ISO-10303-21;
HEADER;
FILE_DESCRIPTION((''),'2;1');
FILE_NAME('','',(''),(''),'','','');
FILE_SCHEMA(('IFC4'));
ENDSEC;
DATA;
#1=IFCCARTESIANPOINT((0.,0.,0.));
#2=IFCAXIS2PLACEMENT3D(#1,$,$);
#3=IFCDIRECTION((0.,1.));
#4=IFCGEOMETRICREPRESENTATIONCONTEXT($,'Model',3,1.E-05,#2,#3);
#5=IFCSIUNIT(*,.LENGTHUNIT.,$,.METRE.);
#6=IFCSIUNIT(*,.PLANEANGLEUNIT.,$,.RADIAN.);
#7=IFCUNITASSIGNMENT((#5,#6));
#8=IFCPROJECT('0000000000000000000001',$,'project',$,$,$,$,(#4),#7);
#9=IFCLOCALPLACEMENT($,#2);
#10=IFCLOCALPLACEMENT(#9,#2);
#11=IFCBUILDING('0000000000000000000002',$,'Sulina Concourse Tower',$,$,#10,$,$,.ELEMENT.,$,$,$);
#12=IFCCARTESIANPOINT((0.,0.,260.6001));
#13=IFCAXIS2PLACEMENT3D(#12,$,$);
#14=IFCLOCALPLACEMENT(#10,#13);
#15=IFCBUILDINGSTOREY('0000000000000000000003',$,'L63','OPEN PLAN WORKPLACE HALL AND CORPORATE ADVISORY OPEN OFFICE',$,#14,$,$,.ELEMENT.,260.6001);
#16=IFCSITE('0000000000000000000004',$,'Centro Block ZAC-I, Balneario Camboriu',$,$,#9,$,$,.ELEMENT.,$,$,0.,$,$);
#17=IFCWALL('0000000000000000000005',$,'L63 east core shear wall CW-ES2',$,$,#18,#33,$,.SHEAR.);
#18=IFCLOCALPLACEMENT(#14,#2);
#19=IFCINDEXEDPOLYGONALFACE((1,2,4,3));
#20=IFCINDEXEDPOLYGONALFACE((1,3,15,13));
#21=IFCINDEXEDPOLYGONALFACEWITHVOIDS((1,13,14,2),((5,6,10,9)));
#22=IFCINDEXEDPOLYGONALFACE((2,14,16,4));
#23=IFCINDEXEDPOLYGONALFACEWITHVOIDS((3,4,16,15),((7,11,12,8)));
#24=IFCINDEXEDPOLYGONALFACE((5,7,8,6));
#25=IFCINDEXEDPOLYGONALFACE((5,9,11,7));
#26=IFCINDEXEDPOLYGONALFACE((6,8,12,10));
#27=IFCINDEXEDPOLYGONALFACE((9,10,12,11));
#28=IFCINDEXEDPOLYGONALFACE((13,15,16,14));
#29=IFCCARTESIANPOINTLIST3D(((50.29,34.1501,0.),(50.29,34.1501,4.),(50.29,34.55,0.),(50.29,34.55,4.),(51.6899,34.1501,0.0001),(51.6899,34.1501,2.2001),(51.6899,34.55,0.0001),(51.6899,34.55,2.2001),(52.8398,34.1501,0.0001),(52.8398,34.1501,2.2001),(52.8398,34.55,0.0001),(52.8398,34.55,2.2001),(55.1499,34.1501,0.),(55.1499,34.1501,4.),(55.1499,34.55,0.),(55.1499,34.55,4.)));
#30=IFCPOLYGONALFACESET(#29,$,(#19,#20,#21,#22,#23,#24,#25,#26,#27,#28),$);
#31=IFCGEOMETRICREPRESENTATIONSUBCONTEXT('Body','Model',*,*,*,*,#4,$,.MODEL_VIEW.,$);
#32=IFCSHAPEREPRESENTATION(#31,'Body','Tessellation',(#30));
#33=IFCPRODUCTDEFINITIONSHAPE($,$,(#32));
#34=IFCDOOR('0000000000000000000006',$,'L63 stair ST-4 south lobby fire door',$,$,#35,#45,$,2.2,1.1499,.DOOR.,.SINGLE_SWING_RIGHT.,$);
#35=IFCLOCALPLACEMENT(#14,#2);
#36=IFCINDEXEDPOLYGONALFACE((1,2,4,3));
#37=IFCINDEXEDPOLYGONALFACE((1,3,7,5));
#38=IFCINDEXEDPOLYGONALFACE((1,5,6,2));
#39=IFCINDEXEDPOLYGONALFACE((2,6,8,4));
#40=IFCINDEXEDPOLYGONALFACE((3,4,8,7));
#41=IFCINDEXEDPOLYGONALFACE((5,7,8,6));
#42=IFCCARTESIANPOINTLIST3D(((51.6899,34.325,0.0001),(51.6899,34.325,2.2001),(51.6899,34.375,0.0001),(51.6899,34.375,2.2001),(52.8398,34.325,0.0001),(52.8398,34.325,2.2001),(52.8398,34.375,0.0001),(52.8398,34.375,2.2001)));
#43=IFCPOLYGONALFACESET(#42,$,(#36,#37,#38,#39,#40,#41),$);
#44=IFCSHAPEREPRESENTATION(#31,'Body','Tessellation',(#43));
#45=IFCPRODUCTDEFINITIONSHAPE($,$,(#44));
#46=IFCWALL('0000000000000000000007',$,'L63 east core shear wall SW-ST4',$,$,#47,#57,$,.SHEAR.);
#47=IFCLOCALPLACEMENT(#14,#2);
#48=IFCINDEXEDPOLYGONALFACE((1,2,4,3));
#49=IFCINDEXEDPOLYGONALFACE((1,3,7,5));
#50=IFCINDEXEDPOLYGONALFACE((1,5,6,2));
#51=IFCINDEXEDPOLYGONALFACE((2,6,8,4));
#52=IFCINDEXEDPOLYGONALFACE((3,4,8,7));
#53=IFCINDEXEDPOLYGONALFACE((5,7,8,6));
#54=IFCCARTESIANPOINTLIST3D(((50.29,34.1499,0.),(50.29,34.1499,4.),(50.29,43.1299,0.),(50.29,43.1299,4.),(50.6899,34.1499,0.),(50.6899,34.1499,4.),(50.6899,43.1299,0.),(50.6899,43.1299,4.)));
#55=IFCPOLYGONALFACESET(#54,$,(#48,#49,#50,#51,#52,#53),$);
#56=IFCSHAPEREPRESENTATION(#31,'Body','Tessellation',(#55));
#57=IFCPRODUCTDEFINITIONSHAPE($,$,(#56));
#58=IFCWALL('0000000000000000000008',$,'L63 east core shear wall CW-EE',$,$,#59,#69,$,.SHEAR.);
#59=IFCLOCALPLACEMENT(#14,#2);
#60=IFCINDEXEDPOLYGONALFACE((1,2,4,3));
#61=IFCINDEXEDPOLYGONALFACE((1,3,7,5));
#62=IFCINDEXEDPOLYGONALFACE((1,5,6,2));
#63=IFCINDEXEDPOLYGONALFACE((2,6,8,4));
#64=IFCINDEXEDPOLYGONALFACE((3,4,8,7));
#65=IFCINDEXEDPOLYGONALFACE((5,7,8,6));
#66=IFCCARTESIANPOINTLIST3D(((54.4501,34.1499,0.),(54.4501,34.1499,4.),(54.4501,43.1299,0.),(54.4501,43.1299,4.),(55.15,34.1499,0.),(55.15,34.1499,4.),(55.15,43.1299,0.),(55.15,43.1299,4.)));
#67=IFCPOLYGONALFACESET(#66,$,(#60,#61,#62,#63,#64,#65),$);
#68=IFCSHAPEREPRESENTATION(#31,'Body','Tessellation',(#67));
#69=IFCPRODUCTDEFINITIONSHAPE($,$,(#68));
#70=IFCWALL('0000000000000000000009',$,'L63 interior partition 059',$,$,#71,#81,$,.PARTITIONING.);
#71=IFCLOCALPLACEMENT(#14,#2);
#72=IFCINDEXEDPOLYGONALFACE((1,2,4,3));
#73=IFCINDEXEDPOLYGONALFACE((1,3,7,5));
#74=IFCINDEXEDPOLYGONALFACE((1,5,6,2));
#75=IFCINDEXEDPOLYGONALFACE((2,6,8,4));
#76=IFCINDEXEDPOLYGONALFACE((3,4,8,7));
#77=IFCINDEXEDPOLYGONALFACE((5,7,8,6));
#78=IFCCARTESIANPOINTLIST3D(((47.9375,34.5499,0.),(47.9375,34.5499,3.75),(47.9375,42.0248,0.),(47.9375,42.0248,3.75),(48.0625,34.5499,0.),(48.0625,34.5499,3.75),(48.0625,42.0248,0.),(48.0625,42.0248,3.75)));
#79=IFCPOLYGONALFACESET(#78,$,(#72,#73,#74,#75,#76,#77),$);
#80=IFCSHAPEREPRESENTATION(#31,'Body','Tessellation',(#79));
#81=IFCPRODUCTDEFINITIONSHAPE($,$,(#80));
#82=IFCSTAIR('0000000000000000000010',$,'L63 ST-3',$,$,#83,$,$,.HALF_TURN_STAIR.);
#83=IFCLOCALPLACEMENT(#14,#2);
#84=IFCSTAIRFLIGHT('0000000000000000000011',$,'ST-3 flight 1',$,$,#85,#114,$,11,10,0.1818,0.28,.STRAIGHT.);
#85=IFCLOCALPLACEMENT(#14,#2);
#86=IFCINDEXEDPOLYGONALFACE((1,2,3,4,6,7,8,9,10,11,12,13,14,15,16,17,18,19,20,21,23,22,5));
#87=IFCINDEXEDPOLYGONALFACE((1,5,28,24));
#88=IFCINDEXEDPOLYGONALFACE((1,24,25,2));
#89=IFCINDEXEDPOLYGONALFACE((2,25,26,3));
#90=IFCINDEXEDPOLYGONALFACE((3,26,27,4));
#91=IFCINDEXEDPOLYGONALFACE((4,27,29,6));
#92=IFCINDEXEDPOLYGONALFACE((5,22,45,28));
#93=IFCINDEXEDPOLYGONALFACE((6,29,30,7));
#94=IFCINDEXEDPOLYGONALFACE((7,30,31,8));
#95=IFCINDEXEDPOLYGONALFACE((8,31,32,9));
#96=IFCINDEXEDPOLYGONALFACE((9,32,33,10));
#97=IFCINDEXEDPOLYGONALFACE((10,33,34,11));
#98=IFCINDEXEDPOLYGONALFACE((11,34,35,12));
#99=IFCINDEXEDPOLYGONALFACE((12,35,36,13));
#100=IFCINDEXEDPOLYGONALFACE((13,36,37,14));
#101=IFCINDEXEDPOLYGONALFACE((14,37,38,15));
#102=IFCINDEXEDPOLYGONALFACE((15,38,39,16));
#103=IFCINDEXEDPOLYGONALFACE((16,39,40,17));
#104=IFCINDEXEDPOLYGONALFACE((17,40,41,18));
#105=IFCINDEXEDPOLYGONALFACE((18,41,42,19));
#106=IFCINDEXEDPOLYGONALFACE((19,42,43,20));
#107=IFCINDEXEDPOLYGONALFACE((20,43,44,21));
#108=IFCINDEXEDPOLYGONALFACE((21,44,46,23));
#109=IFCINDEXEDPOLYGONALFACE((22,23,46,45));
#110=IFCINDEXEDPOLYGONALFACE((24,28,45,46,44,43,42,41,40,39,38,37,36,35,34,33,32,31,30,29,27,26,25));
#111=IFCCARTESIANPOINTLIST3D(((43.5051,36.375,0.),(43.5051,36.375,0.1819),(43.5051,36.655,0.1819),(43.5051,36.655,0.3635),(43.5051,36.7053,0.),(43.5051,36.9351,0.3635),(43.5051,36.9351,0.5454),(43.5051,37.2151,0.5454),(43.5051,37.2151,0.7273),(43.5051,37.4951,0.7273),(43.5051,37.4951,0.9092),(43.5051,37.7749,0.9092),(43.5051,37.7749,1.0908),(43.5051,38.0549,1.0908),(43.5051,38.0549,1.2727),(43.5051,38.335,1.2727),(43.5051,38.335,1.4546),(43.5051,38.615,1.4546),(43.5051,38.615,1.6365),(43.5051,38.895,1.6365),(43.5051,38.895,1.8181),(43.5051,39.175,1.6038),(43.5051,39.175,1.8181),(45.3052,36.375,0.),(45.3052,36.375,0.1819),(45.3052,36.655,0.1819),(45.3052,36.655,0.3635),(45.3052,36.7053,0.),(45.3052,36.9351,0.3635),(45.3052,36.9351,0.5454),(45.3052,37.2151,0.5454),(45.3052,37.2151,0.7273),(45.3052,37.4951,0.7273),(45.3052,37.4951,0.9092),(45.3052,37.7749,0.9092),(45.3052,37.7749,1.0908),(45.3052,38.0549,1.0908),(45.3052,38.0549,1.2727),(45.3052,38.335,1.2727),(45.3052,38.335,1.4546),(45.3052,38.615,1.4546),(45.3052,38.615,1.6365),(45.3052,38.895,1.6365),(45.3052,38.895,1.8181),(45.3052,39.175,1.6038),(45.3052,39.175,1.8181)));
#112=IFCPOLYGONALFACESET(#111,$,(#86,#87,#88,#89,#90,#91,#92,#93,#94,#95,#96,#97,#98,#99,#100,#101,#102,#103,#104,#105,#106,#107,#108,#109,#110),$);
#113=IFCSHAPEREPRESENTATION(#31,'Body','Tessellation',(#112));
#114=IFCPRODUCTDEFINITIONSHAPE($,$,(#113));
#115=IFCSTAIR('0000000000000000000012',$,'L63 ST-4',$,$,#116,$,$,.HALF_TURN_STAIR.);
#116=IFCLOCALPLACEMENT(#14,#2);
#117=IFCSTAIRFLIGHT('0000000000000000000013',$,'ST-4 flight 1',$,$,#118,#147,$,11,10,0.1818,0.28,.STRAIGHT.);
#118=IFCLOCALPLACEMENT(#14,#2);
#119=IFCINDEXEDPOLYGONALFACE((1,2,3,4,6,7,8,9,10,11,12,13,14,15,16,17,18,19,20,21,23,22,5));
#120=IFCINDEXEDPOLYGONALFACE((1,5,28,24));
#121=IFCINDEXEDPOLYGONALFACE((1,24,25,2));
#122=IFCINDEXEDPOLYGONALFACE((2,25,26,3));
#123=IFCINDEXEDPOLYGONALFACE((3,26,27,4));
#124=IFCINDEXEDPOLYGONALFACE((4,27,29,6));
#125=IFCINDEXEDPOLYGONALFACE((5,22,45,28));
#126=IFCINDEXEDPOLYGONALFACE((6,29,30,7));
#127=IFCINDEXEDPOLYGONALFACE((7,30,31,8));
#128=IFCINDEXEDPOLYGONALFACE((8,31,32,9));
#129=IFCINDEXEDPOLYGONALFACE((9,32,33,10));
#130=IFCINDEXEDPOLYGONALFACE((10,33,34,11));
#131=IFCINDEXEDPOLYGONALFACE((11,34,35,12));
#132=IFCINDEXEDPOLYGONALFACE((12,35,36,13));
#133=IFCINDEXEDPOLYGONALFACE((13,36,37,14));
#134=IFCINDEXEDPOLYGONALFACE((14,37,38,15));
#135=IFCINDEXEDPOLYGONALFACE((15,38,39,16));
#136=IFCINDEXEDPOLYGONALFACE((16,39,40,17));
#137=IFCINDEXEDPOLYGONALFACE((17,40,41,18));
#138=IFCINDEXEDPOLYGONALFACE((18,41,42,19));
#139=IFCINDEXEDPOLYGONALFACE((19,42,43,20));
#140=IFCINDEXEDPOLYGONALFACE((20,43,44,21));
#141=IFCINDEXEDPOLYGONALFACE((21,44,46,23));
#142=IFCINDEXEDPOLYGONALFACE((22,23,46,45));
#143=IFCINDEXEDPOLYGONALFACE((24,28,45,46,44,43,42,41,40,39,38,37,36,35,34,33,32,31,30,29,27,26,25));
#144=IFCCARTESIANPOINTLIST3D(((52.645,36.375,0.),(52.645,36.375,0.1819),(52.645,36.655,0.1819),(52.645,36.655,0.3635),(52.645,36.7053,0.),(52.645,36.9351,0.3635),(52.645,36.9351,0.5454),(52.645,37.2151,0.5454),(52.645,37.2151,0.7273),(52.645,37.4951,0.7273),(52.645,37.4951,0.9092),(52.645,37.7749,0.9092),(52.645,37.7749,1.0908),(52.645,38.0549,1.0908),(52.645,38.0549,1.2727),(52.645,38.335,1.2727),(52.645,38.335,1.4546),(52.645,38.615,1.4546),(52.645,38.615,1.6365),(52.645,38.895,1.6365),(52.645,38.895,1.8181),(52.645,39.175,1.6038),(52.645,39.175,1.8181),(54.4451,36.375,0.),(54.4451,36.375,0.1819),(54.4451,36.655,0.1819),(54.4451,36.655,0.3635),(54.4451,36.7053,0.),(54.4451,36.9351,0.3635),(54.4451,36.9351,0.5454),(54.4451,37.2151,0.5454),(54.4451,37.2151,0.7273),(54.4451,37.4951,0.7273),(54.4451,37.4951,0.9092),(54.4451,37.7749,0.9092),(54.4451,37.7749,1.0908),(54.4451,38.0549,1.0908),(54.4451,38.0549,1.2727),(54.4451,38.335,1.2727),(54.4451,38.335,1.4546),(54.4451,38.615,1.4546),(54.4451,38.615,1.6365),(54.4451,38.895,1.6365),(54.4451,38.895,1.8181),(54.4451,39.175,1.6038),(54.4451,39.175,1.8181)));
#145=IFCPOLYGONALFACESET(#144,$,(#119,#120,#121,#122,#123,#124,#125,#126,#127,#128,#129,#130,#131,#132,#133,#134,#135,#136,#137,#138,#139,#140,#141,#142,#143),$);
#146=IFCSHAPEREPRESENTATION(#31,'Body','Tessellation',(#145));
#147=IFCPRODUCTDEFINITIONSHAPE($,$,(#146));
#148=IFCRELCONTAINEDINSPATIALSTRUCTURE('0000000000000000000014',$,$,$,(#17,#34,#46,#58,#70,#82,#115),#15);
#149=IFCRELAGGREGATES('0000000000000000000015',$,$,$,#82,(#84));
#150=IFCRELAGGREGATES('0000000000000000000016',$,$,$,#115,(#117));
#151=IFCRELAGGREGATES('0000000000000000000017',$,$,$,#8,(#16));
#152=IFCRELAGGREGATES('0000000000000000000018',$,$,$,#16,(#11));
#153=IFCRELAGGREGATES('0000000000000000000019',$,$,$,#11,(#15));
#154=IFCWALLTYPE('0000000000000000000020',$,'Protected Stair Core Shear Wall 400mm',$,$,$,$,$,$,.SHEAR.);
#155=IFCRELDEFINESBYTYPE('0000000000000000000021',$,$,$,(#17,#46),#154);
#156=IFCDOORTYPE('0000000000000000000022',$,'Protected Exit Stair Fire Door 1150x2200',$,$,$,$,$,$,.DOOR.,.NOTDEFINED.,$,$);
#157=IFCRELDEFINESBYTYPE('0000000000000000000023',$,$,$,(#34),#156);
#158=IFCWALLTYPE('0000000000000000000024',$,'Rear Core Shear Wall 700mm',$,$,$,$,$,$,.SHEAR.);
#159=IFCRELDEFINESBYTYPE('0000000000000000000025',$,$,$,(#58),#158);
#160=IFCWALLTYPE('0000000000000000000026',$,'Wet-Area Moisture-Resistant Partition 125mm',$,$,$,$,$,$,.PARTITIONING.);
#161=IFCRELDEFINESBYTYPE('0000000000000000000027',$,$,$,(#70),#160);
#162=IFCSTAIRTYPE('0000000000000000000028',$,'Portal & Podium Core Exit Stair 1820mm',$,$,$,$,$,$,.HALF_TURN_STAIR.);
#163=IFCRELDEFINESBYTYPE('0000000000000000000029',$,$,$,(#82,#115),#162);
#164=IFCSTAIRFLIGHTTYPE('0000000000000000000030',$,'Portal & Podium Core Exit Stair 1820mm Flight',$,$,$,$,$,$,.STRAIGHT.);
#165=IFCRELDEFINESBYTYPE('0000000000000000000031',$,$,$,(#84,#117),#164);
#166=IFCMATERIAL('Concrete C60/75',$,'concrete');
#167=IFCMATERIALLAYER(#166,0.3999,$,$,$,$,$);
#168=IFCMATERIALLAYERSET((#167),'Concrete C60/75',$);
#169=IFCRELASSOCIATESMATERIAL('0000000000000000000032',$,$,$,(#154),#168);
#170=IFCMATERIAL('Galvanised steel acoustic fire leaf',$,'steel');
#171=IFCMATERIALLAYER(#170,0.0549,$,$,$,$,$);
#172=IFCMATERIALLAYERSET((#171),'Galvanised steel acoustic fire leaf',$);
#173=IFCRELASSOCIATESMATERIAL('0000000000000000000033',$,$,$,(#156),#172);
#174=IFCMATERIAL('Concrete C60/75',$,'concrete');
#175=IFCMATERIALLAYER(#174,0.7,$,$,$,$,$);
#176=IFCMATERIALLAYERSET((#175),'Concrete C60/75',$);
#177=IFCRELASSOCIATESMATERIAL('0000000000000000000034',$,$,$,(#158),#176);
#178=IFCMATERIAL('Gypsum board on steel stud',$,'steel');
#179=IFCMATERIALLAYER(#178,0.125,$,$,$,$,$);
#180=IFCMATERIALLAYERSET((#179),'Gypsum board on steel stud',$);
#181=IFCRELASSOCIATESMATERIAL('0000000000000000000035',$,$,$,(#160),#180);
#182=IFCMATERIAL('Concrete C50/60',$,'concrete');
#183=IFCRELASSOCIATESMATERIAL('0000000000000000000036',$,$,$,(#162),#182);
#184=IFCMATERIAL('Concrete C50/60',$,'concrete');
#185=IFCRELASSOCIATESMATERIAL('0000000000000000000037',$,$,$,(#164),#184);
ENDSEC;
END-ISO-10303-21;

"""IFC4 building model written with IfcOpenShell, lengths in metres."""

from ifc_helpers import new_model, si_unit, direction, frame, frame_2d, origin, place, context, subcontext, project, spatial, polyline, rectangle, outline, extrude, material, layer, layer_set, type_object, element, fill, aggregate, save


model = new_model("IFC4")

# Units and contexts
model_context = context("Model", 3, precision=1e-05, world=origin(), true_north=direction((0.0, 1.0)))
body_context = subcontext(model_context, "Body", "Model", "MODEL_VIEW")
ifc_project = project(units=[si_unit("LENGTHUNIT", "METRE"), si_unit("PLANEANGLEUNIT", "RADIAN")], contexts=[model_context])

# Site, building, storey
site_placement = place(None, origin())
site = spatial("IfcSite", under=ifc_project, at=site_placement, Name="Centro Block ZAC-I, Balneario Camboriu", CompositionType="ELEMENT", RefElevation=0.0)
building_placement = place(site_placement, origin())
building = spatial("IfcBuilding", under=site, at=building_placement, Name="Sulina Concourse Tower", CompositionType="ELEMENT")
storey_placement = place(building_placement, frame((0.0, 0.0, 260.6001)))
storey = spatial("IfcBuildingStorey", under=building, at=storey_placement, Name="L63", Description="OPEN PLAN WORKPLACE HALL AND CORPORATE ADVISORY OPEN OFFICE", CompositionType="ELEMENT", Elevation=260.6001)

# Shared definitions
ifc_material_1 = material(Name="Concrete C60/75", Category="concrete")
ifc_layer_1 = layer(ifc_material_1, 0.3999)
ifc_layer_set_1 = layer_set([ifc_layer_1], Name="Concrete C60/75")
wall_type_1 = type_object("IfcWallType", Name="Protected Stair Core Shear Wall 400mm", PredefinedType="SHEAR", material=ifc_layer_set_1)

# Wall, opening, door
wall_1_placement = place(storey_placement, frame((50.29, 34.3501, 0.0), z_axis=(0.0, 0.0, 1.0), x_axis=(1.0, 0.0, 0.0)))
wall_1 = element("IfcWall", 1, at=wall_1_placement, inside=storey, type_object=wall_type_1, Name="L63 east core shear wall CW-ES2", PredefinedType="SHEAR", context=body_context, shape_type="SweptSolid", body=[
    extrude(rectangle(XDim=4.8599, YDim=0.3999, at=frame_2d((2.4299, 0.0))), origin(), (0.0, 0.0, 1.0), 4.0),
])
opening_1_placement = place(wall_1_placement, frame((1.3999, 0.0, 0.0)))
opening_1 = element("IfcOpeningElement", 2, at=opening_1_placement, cuts=wall_1, PredefinedType="OPENING", context=body_context, shape_type="SweptSolid", body=[
    extrude(rectangle(XDim=1.1499, YDim=2.2, at=frame_2d((0.575, 1.1001))), frame((0.0, 0.21, 0.0), z_axis=(0.0, -1.0, 0.0), x_axis=(1.0, 0.0, 0.0)), (0.0, 0.0, 1.0), 0.4199),
])
ifc_material_2 = material(Name="Galvanised steel acoustic fire leaf", Category="steel")
ifc_layer_2 = layer(ifc_material_2, 0.0549)
ifc_layer_set_2 = layer_set([ifc_layer_2], Name="Galvanised steel acoustic fire leaf")
door_type_1 = type_object("IfcDoorType", Name="Protected Exit Stair Fire Door 1150x2200", OperationType="NOTDEFINED", PredefinedType="DOOR", material=ifc_layer_set_2)
door_1_placement = place(opening_1_placement, origin())
door_1 = element("IfcDoor", 3, at=door_1_placement, inside=storey, type_object=door_type_1, Name="L63 stair ST-4 south lobby fire door", OperationType="SINGLE_SWING_RIGHT", OverallHeight=2.2, OverallWidth=1.1499, PredefinedType="DOOR", context=body_context, shape_type="SweptSolid", body=[
    extrude(rectangle(XDim=1.1499, YDim=2.2, at=frame_2d((0.575, 1.1001))), frame((0.0, 0.0249, 0.0), z_axis=(0.0, -1.0, 0.0), x_axis=(1.0, 0.0, 0.0)), (0.0, 0.0, 1.0), 0.05),
])
fill(opening_1, door_1)

# Walls
wall_2_placement = place(storey_placement, frame((50.49, 34.1499, 0.0), z_axis=(0.0, 0.0, 1.0), x_axis=(0.0, 1.0, 0.0)))
element("IfcWall", 4, at=wall_2_placement, inside=storey, type_object=wall_type_1, Name="L63 east core shear wall SW-ST4", PredefinedType="SHEAR", context=body_context, shape_type="SweptSolid", body=[
    extrude(rectangle(XDim=8.98, YDim=0.3999, at=frame_2d((4.49, 0.0))), origin(), (0.0, 0.0, 1.0), 4.0),
])
ifc_material_3 = material(Name="Concrete C60/75", Category="concrete")
ifc_layer_3 = layer(ifc_material_3, 0.7)
ifc_layer_set_3 = layer_set([ifc_layer_3], Name="Concrete C60/75")
wall_type_2 = type_object("IfcWallType", Name="Rear Core Shear Wall 700mm", PredefinedType="SHEAR", material=ifc_layer_set_3)
wall_3_placement = place(storey_placement, frame((54.8, 34.1499, 0.0), z_axis=(0.0, 0.0, 1.0), x_axis=(0.0, 1.0, 0.0)))
element("IfcWall", 5, at=wall_3_placement, inside=storey, type_object=wall_type_2, Name="L63 east core shear wall CW-EE", PredefinedType="SHEAR", context=body_context, shape_type="SweptSolid", body=[
    extrude(rectangle(XDim=8.98, YDim=0.7, at=frame_2d((4.49, 0.0))), origin(), (0.0, 0.0, 1.0), 4.0),
])
ifc_material_4 = material(Name="Gypsum board on steel stud", Category="steel")
ifc_layer_4 = layer(ifc_material_4, 0.125)
ifc_layer_set_4 = layer_set([ifc_layer_4], Name="Gypsum board on steel stud")
wall_type_3 = type_object("IfcWallType", Name="Wet-Area Moisture-Resistant Partition 125mm", PredefinedType="PARTITIONING", material=ifc_layer_set_4)
wall_4_placement = place(storey_placement, frame((48.0, 34.55, 0.0), z_axis=(0.0, 0.0, 1.0), x_axis=(0.0, 1.0, 0.0)))
element("IfcWall", 6, at=wall_4_placement, inside=storey, type_object=wall_type_3, Name="L63 interior partition 059", PredefinedType="PARTITIONING", context=body_context, shape_type="SweptSolid", body=[
    extrude(rectangle(XDim=7.4749, YDim=0.125, at=frame_2d((3.7373, 0.0))), origin(), (0.0, 0.0, 1.0), 3.75),
])

# Stairs, stair flights
ifc_material_5 = material(Name="Concrete C50/60", Category="concrete")
stair_type = type_object("IfcStairType", Name="Portal & Podium Core Exit Stair 1820mm", PredefinedType="HALF_TURN_STAIR", material=ifc_material_5)
stair_1_placement = place(storey_placement, origin())
stair_1 = element("IfcStair", 7, at=stair_1_placement, inside=storey, type_object=stair_type, Name="L63 ST-3", PredefinedType="HALF_TURN_STAIR")
ifc_material_6 = material(Name="Concrete C50/60", Category="concrete")
stair_flight_type = type_object("IfcStairFlightType", Name="Portal & Podium Core Exit Stair 1820mm Flight", PredefinedType="STRAIGHT", material=ifc_material_6)
stair_flight_1_placement = place(storey_placement, frame((44.405, 36.375, 0.0), z_axis=(0.0, 0.0, 1.0), x_axis=(0.0, 1.0, 0.0)))
stair_flight_1 = element("IfcStairFlight", 8, at=stair_flight_1_placement, type_object=stair_flight_type, Name="ST-3 flight 1", NumberOfRisers=11, NumberOfTreads=10, PredefinedType="STRAIGHT", RiserHeight=0.1818, TreadLength=0.28, context=body_context, shape_type="SweptSolid", body=[
    extrude(outline(polyline([(0.0, 0.0), (0.0, 0.1819), (0.28, 0.1819), (0.28, 0.3635), (0.5601, 0.3635), (0.5601, 0.5454), (0.8401, 0.5454), (0.8401, 0.7273), (1.1201, 0.7273), (1.1201, 0.9092), (1.3999, 0.9092), (1.3999, 1.0908), (1.6799, 1.0908), (1.6799, 1.2727), (1.96, 1.2727), (1.96, 1.4546), (2.24, 1.4546), (2.24, 1.6365), (2.52, 1.6365), (2.52, 1.8181), (2.8, 1.8181), (2.8, 2.0), (2.8, 1.6038), (0.3303, 0.0), (0.0, 0.0)])), frame((0.0, 0.8999, 0.0), z_axis=(0.0, -1.0, 0.0), x_axis=(1.0, 0.0, 0.0)), (0.0, 0.0, 1.0), 1.8),
])
aggregate(stair_1, [stair_flight_1])
stair_2_placement = place(storey_placement, origin())
stair_2 = element("IfcStair", 9, at=stair_2_placement, inside=storey, type_object=stair_type, Name="L63 ST-4", PredefinedType="HALF_TURN_STAIR")
stair_flight_2_placement = place(storey_placement, frame((53.5449, 36.375, 0.0), z_axis=(0.0, 0.0, 1.0), x_axis=(0.0, 1.0, 0.0)))
stair_flight_2 = element("IfcStairFlight", 10, at=stair_flight_2_placement, type_object=stair_flight_type, Name="ST-4 flight 1", NumberOfRisers=11, NumberOfTreads=10, PredefinedType="STRAIGHT", RiserHeight=0.1818, TreadLength=0.28, context=body_context, shape_type="SweptSolid", body=[
    extrude(outline(polyline([(0.0, 0.0), (0.0, 0.1819), (0.28, 0.1819), (0.28, 0.3635), (0.5601, 0.3635), (0.5601, 0.5454), (0.8401, 0.5454), (0.8401, 0.7273), (1.1201, 0.7273), (1.1201, 0.9092), (1.3999, 0.9092), (1.3999, 1.0908), (1.6799, 1.0908), (1.6799, 1.2727), (1.96, 1.2727), (1.96, 1.4546), (2.24, 1.4546), (2.24, 1.6365), (2.52, 1.6365), (2.52, 1.8181), (2.8, 1.8181), (2.8, 2.0), (2.8, 1.6038), (0.3303, 0.0), (0.0, 0.0)])), frame((0.0, 0.8999, 0.0), z_axis=(0.0, -1.0, 0.0), x_axis=(1.0, 0.0, 0.0)), (0.0, 0.0, 1.0), 1.8),
])
aggregate(stair_2, [stair_flight_2])

save(model, "model.ifc")
